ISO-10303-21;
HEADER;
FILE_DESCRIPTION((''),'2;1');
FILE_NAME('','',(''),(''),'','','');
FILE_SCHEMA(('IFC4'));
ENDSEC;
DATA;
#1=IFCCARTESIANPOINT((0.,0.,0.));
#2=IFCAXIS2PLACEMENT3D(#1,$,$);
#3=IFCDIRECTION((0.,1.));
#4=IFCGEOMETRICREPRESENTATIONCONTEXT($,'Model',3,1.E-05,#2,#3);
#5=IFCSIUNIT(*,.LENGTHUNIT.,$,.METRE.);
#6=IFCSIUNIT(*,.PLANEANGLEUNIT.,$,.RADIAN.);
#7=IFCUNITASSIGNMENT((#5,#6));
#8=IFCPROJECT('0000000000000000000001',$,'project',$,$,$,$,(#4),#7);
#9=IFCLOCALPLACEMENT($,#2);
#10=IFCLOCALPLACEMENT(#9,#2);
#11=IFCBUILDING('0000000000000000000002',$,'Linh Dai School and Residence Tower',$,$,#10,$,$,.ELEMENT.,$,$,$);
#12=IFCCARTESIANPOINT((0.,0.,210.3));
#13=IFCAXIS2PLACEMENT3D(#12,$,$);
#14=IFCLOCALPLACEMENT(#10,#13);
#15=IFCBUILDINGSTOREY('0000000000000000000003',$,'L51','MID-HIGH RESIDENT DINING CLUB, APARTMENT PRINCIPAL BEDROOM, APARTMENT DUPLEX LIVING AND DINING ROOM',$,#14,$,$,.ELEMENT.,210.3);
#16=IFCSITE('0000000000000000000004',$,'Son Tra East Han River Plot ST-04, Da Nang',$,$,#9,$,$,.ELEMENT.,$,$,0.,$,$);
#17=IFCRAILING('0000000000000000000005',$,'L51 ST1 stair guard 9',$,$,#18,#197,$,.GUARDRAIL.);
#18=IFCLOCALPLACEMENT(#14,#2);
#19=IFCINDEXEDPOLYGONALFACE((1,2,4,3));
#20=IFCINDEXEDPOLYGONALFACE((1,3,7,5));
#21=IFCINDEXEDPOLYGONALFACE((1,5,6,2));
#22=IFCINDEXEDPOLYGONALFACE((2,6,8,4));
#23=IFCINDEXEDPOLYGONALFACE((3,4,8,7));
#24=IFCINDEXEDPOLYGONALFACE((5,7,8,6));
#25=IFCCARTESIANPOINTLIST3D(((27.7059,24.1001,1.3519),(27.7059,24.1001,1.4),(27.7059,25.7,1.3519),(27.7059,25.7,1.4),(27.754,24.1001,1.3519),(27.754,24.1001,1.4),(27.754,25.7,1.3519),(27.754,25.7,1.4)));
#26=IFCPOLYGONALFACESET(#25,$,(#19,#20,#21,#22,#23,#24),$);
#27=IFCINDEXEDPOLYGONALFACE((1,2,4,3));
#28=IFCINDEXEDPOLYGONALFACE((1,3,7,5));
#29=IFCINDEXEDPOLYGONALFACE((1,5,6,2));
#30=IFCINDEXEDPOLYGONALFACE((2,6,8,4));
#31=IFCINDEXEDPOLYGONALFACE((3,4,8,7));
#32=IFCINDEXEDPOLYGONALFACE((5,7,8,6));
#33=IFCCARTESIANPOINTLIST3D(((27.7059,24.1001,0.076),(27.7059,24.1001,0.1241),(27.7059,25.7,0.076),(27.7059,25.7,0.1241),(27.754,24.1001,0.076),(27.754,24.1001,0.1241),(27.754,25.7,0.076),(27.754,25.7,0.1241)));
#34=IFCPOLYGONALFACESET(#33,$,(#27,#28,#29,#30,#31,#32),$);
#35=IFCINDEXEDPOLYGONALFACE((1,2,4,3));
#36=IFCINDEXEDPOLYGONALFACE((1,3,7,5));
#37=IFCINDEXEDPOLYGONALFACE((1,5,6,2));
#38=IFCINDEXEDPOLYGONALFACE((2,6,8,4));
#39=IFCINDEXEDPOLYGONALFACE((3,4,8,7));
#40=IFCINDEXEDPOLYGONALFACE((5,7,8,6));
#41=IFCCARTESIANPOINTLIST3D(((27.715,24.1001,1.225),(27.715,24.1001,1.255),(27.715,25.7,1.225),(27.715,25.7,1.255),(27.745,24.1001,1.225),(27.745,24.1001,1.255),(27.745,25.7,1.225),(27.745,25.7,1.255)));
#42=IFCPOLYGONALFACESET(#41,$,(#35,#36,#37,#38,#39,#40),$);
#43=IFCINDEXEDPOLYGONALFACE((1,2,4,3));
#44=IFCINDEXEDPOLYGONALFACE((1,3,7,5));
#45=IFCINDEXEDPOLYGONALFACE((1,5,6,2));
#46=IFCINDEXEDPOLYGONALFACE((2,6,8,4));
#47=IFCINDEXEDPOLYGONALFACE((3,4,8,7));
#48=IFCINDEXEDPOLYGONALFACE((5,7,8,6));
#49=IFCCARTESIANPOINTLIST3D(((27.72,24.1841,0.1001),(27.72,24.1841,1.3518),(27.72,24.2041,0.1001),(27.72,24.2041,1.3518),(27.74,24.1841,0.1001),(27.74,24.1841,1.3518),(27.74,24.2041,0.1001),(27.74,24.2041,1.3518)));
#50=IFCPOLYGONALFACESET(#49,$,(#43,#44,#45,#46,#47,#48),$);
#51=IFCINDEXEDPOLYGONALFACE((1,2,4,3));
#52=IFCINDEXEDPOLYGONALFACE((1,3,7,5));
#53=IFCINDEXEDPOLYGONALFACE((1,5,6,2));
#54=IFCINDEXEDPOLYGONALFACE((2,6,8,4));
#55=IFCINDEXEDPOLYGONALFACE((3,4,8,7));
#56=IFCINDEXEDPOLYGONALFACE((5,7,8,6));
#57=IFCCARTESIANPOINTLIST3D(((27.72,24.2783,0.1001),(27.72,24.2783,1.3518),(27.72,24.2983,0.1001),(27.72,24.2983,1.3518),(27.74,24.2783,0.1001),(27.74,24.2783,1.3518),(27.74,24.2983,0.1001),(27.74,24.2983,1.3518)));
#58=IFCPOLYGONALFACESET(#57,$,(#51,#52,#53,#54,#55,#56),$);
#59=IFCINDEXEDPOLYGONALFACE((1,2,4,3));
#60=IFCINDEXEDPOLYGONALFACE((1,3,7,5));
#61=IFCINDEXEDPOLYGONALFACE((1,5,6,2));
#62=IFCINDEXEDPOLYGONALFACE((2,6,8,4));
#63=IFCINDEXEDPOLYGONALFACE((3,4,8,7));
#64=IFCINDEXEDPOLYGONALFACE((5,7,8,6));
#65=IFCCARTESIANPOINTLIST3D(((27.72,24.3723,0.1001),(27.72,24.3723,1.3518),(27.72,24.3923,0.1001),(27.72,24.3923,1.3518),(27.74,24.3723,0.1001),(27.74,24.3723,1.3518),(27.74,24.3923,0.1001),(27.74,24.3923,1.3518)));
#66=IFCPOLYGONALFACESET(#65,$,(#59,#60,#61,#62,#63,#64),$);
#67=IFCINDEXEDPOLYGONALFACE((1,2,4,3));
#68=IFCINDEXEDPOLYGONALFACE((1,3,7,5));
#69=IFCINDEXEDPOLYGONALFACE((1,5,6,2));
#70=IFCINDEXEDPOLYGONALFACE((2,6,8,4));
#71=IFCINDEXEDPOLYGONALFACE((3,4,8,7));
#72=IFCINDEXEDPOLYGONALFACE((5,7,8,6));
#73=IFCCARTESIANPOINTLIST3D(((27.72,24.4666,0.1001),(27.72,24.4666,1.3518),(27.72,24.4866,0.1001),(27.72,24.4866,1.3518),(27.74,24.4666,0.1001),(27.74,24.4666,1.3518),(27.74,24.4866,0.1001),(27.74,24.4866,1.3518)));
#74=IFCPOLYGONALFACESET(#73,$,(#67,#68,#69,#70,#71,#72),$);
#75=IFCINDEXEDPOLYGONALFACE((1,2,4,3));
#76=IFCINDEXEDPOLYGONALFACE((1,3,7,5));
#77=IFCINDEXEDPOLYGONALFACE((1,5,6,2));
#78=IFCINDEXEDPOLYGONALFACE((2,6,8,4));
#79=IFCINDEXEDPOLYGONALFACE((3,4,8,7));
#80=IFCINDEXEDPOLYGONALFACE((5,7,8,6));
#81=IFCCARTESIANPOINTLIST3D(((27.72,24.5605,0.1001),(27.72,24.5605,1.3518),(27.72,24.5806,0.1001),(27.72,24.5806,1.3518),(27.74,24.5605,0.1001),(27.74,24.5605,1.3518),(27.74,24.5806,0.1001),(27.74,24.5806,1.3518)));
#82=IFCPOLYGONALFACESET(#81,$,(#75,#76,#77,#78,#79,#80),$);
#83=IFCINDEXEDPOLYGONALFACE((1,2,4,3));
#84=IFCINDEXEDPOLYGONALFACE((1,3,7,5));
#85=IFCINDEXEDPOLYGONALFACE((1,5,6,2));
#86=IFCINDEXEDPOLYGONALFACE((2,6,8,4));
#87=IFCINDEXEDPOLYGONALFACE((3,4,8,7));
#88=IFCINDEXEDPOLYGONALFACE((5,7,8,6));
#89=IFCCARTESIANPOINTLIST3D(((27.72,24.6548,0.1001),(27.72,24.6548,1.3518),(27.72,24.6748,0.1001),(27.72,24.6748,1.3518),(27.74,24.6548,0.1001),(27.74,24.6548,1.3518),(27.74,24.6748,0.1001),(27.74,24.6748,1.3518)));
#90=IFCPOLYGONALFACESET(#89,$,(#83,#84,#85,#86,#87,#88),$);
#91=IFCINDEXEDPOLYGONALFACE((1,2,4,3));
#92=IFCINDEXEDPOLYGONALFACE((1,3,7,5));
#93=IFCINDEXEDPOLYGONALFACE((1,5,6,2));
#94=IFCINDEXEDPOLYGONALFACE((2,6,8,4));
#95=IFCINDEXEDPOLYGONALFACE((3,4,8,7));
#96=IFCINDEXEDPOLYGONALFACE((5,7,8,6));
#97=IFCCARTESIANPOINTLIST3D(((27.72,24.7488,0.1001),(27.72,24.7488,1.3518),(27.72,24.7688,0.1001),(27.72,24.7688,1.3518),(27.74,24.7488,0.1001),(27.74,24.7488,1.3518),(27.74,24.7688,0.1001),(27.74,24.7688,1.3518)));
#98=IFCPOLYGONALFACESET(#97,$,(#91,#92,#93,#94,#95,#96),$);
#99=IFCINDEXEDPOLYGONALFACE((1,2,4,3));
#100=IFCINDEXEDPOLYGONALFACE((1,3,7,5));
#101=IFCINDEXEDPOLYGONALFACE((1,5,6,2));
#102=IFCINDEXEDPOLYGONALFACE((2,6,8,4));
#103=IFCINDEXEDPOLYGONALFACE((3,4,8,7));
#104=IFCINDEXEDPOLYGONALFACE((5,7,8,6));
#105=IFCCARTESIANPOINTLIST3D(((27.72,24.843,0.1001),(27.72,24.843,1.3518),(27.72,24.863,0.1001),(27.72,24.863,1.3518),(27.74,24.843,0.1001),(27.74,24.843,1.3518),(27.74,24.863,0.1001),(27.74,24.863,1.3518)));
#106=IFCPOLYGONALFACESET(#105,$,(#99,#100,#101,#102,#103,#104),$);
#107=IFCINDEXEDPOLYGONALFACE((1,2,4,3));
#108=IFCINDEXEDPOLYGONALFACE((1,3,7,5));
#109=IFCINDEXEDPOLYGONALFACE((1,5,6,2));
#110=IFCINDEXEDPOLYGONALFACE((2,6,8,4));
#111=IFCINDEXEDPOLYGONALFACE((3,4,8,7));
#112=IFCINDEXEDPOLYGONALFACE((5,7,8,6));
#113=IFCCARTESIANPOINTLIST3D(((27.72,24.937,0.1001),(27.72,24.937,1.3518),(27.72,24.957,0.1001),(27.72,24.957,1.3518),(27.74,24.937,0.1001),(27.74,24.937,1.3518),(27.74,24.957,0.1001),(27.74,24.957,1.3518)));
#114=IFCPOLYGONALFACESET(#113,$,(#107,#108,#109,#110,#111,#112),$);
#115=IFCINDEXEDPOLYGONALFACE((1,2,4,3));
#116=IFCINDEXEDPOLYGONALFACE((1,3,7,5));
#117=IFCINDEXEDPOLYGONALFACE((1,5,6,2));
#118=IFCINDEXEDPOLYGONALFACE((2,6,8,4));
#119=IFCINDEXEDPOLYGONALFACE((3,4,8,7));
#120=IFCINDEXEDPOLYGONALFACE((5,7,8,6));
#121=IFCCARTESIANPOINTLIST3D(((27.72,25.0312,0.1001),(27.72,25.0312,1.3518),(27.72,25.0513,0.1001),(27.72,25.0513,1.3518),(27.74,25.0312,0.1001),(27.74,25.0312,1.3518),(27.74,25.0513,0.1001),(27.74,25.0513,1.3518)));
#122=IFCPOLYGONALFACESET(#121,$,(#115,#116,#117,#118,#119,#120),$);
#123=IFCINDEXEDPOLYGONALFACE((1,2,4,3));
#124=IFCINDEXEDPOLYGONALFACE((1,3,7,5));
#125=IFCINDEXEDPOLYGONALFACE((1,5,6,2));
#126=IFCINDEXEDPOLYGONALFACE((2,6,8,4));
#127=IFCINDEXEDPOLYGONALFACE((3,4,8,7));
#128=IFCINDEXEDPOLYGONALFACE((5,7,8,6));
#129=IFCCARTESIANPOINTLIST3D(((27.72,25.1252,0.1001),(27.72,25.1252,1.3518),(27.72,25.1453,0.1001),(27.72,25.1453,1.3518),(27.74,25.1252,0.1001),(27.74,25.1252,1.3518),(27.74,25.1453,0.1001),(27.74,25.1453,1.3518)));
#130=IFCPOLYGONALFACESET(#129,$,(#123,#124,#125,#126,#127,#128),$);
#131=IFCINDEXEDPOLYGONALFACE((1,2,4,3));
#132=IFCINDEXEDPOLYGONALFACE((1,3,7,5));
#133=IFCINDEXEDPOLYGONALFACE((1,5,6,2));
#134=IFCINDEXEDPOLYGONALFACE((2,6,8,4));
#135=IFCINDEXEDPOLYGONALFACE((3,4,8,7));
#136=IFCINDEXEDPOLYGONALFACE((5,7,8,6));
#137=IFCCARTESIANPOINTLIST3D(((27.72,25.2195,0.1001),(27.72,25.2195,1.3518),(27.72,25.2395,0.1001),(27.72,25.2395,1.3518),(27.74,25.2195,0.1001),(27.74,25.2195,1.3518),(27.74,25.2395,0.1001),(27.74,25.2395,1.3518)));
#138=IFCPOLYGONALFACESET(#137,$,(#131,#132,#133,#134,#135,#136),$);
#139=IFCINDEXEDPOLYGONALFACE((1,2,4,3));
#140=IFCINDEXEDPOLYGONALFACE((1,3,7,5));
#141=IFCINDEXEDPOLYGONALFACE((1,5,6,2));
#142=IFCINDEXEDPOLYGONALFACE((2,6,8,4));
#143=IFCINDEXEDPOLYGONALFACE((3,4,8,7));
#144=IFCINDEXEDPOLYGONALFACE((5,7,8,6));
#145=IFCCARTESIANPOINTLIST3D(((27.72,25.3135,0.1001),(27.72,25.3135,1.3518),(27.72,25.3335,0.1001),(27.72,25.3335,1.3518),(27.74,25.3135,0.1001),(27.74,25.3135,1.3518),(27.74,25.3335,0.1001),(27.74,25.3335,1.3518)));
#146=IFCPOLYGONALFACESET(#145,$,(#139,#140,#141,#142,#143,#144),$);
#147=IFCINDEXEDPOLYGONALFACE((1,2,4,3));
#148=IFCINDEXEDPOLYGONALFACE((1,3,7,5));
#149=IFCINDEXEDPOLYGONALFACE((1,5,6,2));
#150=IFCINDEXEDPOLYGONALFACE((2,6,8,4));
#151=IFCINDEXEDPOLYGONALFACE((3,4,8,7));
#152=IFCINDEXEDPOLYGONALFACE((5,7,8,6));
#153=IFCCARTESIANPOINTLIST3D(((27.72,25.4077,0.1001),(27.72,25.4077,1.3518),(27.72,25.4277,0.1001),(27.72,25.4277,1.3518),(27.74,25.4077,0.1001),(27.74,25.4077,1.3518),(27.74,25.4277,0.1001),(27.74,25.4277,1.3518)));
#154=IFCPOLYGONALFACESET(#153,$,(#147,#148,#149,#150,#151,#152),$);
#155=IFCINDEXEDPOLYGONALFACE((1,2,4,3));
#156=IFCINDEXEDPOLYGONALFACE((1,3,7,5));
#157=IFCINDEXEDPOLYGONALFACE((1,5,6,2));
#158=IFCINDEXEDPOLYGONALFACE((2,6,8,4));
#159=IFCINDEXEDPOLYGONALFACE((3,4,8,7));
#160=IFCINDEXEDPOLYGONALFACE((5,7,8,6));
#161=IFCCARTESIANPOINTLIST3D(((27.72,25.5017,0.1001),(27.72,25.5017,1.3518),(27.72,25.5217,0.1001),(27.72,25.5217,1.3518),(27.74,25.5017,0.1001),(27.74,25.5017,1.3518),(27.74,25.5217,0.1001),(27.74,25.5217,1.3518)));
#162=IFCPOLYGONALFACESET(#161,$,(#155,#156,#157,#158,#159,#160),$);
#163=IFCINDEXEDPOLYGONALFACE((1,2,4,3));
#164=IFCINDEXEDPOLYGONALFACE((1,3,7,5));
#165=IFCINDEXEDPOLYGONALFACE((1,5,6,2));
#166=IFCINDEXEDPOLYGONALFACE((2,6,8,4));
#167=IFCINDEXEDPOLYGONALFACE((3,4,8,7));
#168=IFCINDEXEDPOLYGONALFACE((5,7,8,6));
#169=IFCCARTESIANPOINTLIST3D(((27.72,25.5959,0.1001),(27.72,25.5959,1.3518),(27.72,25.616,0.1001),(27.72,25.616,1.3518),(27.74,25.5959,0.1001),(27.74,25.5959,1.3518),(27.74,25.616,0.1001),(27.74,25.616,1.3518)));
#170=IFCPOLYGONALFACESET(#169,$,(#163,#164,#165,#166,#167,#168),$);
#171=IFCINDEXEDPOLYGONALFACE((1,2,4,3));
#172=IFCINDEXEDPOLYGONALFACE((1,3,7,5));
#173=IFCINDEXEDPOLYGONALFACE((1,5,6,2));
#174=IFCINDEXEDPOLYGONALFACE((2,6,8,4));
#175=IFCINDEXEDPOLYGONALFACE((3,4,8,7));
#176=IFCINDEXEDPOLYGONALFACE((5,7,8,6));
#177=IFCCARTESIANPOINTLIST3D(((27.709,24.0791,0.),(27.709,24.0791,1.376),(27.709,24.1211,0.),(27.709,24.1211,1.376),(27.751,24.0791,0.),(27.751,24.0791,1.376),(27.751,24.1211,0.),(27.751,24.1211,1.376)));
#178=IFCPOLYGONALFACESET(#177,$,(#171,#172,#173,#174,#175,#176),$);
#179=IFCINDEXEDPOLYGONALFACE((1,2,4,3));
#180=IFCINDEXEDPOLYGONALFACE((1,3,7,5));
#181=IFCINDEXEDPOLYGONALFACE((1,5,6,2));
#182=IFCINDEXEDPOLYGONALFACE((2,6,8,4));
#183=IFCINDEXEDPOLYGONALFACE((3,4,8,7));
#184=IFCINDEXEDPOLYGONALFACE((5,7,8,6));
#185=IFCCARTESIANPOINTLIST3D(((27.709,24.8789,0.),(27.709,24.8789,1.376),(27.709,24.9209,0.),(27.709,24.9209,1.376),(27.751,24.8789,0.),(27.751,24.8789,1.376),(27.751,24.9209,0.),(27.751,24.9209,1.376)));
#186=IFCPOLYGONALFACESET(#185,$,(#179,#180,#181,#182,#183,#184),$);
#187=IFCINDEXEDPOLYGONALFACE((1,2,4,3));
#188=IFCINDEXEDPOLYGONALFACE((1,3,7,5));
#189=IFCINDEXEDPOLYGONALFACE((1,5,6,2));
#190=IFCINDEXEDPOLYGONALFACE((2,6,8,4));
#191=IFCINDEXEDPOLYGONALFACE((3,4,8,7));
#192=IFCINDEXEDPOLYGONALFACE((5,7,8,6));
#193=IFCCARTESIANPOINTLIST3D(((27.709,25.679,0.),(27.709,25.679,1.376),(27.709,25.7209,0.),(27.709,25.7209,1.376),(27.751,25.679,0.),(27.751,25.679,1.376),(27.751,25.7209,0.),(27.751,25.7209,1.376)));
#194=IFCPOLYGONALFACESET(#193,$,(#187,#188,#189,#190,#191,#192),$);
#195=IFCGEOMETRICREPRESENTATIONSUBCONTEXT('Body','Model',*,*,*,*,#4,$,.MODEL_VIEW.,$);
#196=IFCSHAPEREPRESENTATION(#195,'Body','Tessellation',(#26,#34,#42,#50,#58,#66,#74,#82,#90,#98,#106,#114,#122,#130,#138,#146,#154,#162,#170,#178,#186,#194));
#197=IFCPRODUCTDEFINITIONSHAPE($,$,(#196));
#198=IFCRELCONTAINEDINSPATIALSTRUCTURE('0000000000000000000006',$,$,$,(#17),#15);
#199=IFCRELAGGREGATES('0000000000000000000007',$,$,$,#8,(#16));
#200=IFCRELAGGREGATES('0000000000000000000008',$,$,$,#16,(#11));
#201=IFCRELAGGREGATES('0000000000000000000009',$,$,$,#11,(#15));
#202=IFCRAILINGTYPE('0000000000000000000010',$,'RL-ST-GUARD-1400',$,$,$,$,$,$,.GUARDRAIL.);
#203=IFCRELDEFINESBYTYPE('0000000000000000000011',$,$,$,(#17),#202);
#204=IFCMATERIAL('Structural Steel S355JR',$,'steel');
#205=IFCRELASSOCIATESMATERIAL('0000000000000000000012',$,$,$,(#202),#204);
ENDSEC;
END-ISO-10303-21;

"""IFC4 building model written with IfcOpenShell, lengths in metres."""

from ifc_helpers import new_model, si_unit, direction, frame, origin, origin_2d, place, context, subcontext, project, spatial, rectangle, extrude, source, transform, mapped, material, type_object, element, save


model = new_model("IFC4")

# Units and contexts
model_context = context("Model", 3, precision=1e-05, world=origin(), true_north=direction((0.0, 1.0)))
body_context = subcontext(model_context, "Body", "Model", "MODEL_VIEW")
ifc_project = project(units=[si_unit("LENGTHUNIT", "METRE"), si_unit("PLANEANGLEUNIT", "RADIAN")], contexts=[model_context])

# Site, building, storey
site_placement = place(None, origin())
site = spatial("IfcSite", under=ifc_project, at=site_placement, Name="Son Tra East Han River Plot ST-04, Da Nang", CompositionType="ELEMENT", RefElevation=0.0)
building_placement = place(site_placement, origin())
building = spatial("IfcBuilding", under=site, at=building_placement, Name="Linh Dai School and Residence Tower", CompositionType="ELEMENT")
storey_placement = place(building_placement, frame((0.0, 0.0, 210.3)))
storey = spatial("IfcBuildingStorey", under=building, at=storey_placement, Name="L51", Description="MID-HIGH RESIDENT DINING CLUB, APARTMENT PRINCIPAL BEDROOM, APARTMENT DUPLEX LIVING AND DINING ROOM", CompositionType="ELEMENT", Elevation=210.3)

# Shared definitions
ifc_material_1 = material(Name="Structural Steel S355JR", Category="steel")

# Railing
railing_type = type_object("IfcRailingType", Name="RL-ST-GUARD-1400", PredefinedType="GUARDRAIL", material=ifc_material_1)
shared_shape_1 = source(origin(), body_context, "Body", "SweptSolid", [
    extrude(rectangle(XDim=0.0481, YDim=0.0481, at=origin_2d()), frame((0.0, 0.0, 1.376), z_axis=(0.0, 1.0, 0.0), x_axis=(-1.0, 0.0, 0.0)), (0.0, 0.0, 1.0), 1.5999),
    extrude(rectangle(XDim=0.0481, YDim=0.0481, at=origin_2d()), frame((0.0, 0.0, 0.1001), z_axis=(0.0, 1.0, 0.0), x_axis=(-1.0, 0.0, 0.0)), (0.0, 0.0, 1.0), 1.5999),
    extrude(rectangle(XDim=0.03, YDim=0.03, at=origin_2d()), frame((0.0, 0.0, 1.24), z_axis=(0.0, 1.0, 0.0), x_axis=(-1.0, 0.0, 0.0)), (0.0, 0.0, 1.0), 1.5999),
    extrude(rectangle(XDim=0.02, YDim=0.02, at=origin_2d()), frame((0.0, 0.094, 0.1001)), (0.0, 0.0, 1.0), 1.2517),
    extrude(rectangle(XDim=0.02, YDim=0.02, at=origin_2d()), frame((0.0, 0.1882, 0.1001)), (0.0, 0.0, 1.0), 1.2517),
    extrude(rectangle(XDim=0.02, YDim=0.02, at=origin_2d()), frame((0.0, 0.2822, 0.1001)), (0.0, 0.0, 1.0), 1.2517),
    extrude(rectangle(XDim=0.02, YDim=0.02, at=origin_2d()), frame((0.0, 0.3765, 0.1001)), (0.0, 0.0, 1.0), 1.2517),
    extrude(rectangle(XDim=0.02, YDim=0.02, at=origin_2d()), frame((0.0, 0.4705, 0.1001)), (0.0, 0.0, 1.0), 1.2517),
    extrude(rectangle(XDim=0.02, YDim=0.02, at=origin_2d()), frame((0.0, 0.5647, 0.1001)), (0.0, 0.0, 1.0), 1.2517),
    extrude(rectangle(XDim=0.02, YDim=0.02, at=origin_2d()), frame((0.0, 0.6587, 0.1001)), (0.0, 0.0, 1.0), 1.2517),
    extrude(rectangle(XDim=0.02, YDim=0.02, at=origin_2d()), frame((0.0, 0.7529, 0.1001)), (0.0, 0.0, 1.0), 1.2517),
    extrude(rectangle(XDim=0.02, YDim=0.02, at=origin_2d()), frame((0.0, 0.8469, 0.1001)), (0.0, 0.0, 1.0), 1.2517),
    extrude(rectangle(XDim=0.02, YDim=0.02, at=origin_2d()), frame((0.0, 0.9412, 0.1001)), (0.0, 0.0, 1.0), 1.2517),
    extrude(rectangle(XDim=0.02, YDim=0.02, at=origin_2d()), frame((0.0, 1.0352, 0.1001)), (0.0, 0.0, 1.0), 1.2517),
    extrude(rectangle(XDim=0.02, YDim=0.02, at=origin_2d()), frame((0.0, 1.1294, 0.1001)), (0.0, 0.0, 1.0), 1.2517),
    extrude(rectangle(XDim=0.02, YDim=0.02, at=origin_2d()), frame((0.0, 1.2234, 0.1001)), (0.0, 0.0, 1.0), 1.2517),
    extrude(rectangle(XDim=0.02, YDim=0.02, at=origin_2d()), frame((0.0, 1.3176, 0.1001)), (0.0, 0.0, 1.0), 1.2517),
    extrude(rectangle(XDim=0.02, YDim=0.02, at=origin_2d()), frame((0.0, 1.4116, 0.1001)), (0.0, 0.0, 1.0), 1.2517),
    extrude(rectangle(XDim=0.02, YDim=0.02, at=origin_2d()), frame((0.0, 1.5059, 0.1001)), (0.0, 0.0, 1.0), 1.2517),
    extrude(rectangle(XDim=0.042, YDim=0.042, at=origin_2d()), origin(), (0.0, 0.0, 1.0), 1.376),
    extrude(rectangle(XDim=0.042, YDim=0.042, at=origin_2d()), frame((0.0, 0.7998, 0.0)), (0.0, 0.0, 1.0), 1.376),
    extrude(rectangle(XDim=0.042, YDim=0.042, at=origin_2d()), frame((0.0, 1.5999, 0.0)), (0.0, 0.0, 1.0), 1.376),
])
for number, where, name in (
    (1, (27.73, 24.1001, 0.0), "L51 ST1 stair guard 9"),
):
    element("IfcRailing", number, at=place(storey_placement, frame(where)), inside=storey, type_object=railing_type, Name=name, PredefinedType="GUARDRAIL", context=body_context, shape_type="MappedRepresentation", body=[
        mapped(shared_shape_1, transform((0.0, 0.0, 0.0), x_axis=(1.0, 0.0, 0.0), y_axis=(0.0, 1.0, 0.0), z_axis=(0.0, 0.0, 1.0), scale=1.0)),
    ])

save(model, "model.ifc")
